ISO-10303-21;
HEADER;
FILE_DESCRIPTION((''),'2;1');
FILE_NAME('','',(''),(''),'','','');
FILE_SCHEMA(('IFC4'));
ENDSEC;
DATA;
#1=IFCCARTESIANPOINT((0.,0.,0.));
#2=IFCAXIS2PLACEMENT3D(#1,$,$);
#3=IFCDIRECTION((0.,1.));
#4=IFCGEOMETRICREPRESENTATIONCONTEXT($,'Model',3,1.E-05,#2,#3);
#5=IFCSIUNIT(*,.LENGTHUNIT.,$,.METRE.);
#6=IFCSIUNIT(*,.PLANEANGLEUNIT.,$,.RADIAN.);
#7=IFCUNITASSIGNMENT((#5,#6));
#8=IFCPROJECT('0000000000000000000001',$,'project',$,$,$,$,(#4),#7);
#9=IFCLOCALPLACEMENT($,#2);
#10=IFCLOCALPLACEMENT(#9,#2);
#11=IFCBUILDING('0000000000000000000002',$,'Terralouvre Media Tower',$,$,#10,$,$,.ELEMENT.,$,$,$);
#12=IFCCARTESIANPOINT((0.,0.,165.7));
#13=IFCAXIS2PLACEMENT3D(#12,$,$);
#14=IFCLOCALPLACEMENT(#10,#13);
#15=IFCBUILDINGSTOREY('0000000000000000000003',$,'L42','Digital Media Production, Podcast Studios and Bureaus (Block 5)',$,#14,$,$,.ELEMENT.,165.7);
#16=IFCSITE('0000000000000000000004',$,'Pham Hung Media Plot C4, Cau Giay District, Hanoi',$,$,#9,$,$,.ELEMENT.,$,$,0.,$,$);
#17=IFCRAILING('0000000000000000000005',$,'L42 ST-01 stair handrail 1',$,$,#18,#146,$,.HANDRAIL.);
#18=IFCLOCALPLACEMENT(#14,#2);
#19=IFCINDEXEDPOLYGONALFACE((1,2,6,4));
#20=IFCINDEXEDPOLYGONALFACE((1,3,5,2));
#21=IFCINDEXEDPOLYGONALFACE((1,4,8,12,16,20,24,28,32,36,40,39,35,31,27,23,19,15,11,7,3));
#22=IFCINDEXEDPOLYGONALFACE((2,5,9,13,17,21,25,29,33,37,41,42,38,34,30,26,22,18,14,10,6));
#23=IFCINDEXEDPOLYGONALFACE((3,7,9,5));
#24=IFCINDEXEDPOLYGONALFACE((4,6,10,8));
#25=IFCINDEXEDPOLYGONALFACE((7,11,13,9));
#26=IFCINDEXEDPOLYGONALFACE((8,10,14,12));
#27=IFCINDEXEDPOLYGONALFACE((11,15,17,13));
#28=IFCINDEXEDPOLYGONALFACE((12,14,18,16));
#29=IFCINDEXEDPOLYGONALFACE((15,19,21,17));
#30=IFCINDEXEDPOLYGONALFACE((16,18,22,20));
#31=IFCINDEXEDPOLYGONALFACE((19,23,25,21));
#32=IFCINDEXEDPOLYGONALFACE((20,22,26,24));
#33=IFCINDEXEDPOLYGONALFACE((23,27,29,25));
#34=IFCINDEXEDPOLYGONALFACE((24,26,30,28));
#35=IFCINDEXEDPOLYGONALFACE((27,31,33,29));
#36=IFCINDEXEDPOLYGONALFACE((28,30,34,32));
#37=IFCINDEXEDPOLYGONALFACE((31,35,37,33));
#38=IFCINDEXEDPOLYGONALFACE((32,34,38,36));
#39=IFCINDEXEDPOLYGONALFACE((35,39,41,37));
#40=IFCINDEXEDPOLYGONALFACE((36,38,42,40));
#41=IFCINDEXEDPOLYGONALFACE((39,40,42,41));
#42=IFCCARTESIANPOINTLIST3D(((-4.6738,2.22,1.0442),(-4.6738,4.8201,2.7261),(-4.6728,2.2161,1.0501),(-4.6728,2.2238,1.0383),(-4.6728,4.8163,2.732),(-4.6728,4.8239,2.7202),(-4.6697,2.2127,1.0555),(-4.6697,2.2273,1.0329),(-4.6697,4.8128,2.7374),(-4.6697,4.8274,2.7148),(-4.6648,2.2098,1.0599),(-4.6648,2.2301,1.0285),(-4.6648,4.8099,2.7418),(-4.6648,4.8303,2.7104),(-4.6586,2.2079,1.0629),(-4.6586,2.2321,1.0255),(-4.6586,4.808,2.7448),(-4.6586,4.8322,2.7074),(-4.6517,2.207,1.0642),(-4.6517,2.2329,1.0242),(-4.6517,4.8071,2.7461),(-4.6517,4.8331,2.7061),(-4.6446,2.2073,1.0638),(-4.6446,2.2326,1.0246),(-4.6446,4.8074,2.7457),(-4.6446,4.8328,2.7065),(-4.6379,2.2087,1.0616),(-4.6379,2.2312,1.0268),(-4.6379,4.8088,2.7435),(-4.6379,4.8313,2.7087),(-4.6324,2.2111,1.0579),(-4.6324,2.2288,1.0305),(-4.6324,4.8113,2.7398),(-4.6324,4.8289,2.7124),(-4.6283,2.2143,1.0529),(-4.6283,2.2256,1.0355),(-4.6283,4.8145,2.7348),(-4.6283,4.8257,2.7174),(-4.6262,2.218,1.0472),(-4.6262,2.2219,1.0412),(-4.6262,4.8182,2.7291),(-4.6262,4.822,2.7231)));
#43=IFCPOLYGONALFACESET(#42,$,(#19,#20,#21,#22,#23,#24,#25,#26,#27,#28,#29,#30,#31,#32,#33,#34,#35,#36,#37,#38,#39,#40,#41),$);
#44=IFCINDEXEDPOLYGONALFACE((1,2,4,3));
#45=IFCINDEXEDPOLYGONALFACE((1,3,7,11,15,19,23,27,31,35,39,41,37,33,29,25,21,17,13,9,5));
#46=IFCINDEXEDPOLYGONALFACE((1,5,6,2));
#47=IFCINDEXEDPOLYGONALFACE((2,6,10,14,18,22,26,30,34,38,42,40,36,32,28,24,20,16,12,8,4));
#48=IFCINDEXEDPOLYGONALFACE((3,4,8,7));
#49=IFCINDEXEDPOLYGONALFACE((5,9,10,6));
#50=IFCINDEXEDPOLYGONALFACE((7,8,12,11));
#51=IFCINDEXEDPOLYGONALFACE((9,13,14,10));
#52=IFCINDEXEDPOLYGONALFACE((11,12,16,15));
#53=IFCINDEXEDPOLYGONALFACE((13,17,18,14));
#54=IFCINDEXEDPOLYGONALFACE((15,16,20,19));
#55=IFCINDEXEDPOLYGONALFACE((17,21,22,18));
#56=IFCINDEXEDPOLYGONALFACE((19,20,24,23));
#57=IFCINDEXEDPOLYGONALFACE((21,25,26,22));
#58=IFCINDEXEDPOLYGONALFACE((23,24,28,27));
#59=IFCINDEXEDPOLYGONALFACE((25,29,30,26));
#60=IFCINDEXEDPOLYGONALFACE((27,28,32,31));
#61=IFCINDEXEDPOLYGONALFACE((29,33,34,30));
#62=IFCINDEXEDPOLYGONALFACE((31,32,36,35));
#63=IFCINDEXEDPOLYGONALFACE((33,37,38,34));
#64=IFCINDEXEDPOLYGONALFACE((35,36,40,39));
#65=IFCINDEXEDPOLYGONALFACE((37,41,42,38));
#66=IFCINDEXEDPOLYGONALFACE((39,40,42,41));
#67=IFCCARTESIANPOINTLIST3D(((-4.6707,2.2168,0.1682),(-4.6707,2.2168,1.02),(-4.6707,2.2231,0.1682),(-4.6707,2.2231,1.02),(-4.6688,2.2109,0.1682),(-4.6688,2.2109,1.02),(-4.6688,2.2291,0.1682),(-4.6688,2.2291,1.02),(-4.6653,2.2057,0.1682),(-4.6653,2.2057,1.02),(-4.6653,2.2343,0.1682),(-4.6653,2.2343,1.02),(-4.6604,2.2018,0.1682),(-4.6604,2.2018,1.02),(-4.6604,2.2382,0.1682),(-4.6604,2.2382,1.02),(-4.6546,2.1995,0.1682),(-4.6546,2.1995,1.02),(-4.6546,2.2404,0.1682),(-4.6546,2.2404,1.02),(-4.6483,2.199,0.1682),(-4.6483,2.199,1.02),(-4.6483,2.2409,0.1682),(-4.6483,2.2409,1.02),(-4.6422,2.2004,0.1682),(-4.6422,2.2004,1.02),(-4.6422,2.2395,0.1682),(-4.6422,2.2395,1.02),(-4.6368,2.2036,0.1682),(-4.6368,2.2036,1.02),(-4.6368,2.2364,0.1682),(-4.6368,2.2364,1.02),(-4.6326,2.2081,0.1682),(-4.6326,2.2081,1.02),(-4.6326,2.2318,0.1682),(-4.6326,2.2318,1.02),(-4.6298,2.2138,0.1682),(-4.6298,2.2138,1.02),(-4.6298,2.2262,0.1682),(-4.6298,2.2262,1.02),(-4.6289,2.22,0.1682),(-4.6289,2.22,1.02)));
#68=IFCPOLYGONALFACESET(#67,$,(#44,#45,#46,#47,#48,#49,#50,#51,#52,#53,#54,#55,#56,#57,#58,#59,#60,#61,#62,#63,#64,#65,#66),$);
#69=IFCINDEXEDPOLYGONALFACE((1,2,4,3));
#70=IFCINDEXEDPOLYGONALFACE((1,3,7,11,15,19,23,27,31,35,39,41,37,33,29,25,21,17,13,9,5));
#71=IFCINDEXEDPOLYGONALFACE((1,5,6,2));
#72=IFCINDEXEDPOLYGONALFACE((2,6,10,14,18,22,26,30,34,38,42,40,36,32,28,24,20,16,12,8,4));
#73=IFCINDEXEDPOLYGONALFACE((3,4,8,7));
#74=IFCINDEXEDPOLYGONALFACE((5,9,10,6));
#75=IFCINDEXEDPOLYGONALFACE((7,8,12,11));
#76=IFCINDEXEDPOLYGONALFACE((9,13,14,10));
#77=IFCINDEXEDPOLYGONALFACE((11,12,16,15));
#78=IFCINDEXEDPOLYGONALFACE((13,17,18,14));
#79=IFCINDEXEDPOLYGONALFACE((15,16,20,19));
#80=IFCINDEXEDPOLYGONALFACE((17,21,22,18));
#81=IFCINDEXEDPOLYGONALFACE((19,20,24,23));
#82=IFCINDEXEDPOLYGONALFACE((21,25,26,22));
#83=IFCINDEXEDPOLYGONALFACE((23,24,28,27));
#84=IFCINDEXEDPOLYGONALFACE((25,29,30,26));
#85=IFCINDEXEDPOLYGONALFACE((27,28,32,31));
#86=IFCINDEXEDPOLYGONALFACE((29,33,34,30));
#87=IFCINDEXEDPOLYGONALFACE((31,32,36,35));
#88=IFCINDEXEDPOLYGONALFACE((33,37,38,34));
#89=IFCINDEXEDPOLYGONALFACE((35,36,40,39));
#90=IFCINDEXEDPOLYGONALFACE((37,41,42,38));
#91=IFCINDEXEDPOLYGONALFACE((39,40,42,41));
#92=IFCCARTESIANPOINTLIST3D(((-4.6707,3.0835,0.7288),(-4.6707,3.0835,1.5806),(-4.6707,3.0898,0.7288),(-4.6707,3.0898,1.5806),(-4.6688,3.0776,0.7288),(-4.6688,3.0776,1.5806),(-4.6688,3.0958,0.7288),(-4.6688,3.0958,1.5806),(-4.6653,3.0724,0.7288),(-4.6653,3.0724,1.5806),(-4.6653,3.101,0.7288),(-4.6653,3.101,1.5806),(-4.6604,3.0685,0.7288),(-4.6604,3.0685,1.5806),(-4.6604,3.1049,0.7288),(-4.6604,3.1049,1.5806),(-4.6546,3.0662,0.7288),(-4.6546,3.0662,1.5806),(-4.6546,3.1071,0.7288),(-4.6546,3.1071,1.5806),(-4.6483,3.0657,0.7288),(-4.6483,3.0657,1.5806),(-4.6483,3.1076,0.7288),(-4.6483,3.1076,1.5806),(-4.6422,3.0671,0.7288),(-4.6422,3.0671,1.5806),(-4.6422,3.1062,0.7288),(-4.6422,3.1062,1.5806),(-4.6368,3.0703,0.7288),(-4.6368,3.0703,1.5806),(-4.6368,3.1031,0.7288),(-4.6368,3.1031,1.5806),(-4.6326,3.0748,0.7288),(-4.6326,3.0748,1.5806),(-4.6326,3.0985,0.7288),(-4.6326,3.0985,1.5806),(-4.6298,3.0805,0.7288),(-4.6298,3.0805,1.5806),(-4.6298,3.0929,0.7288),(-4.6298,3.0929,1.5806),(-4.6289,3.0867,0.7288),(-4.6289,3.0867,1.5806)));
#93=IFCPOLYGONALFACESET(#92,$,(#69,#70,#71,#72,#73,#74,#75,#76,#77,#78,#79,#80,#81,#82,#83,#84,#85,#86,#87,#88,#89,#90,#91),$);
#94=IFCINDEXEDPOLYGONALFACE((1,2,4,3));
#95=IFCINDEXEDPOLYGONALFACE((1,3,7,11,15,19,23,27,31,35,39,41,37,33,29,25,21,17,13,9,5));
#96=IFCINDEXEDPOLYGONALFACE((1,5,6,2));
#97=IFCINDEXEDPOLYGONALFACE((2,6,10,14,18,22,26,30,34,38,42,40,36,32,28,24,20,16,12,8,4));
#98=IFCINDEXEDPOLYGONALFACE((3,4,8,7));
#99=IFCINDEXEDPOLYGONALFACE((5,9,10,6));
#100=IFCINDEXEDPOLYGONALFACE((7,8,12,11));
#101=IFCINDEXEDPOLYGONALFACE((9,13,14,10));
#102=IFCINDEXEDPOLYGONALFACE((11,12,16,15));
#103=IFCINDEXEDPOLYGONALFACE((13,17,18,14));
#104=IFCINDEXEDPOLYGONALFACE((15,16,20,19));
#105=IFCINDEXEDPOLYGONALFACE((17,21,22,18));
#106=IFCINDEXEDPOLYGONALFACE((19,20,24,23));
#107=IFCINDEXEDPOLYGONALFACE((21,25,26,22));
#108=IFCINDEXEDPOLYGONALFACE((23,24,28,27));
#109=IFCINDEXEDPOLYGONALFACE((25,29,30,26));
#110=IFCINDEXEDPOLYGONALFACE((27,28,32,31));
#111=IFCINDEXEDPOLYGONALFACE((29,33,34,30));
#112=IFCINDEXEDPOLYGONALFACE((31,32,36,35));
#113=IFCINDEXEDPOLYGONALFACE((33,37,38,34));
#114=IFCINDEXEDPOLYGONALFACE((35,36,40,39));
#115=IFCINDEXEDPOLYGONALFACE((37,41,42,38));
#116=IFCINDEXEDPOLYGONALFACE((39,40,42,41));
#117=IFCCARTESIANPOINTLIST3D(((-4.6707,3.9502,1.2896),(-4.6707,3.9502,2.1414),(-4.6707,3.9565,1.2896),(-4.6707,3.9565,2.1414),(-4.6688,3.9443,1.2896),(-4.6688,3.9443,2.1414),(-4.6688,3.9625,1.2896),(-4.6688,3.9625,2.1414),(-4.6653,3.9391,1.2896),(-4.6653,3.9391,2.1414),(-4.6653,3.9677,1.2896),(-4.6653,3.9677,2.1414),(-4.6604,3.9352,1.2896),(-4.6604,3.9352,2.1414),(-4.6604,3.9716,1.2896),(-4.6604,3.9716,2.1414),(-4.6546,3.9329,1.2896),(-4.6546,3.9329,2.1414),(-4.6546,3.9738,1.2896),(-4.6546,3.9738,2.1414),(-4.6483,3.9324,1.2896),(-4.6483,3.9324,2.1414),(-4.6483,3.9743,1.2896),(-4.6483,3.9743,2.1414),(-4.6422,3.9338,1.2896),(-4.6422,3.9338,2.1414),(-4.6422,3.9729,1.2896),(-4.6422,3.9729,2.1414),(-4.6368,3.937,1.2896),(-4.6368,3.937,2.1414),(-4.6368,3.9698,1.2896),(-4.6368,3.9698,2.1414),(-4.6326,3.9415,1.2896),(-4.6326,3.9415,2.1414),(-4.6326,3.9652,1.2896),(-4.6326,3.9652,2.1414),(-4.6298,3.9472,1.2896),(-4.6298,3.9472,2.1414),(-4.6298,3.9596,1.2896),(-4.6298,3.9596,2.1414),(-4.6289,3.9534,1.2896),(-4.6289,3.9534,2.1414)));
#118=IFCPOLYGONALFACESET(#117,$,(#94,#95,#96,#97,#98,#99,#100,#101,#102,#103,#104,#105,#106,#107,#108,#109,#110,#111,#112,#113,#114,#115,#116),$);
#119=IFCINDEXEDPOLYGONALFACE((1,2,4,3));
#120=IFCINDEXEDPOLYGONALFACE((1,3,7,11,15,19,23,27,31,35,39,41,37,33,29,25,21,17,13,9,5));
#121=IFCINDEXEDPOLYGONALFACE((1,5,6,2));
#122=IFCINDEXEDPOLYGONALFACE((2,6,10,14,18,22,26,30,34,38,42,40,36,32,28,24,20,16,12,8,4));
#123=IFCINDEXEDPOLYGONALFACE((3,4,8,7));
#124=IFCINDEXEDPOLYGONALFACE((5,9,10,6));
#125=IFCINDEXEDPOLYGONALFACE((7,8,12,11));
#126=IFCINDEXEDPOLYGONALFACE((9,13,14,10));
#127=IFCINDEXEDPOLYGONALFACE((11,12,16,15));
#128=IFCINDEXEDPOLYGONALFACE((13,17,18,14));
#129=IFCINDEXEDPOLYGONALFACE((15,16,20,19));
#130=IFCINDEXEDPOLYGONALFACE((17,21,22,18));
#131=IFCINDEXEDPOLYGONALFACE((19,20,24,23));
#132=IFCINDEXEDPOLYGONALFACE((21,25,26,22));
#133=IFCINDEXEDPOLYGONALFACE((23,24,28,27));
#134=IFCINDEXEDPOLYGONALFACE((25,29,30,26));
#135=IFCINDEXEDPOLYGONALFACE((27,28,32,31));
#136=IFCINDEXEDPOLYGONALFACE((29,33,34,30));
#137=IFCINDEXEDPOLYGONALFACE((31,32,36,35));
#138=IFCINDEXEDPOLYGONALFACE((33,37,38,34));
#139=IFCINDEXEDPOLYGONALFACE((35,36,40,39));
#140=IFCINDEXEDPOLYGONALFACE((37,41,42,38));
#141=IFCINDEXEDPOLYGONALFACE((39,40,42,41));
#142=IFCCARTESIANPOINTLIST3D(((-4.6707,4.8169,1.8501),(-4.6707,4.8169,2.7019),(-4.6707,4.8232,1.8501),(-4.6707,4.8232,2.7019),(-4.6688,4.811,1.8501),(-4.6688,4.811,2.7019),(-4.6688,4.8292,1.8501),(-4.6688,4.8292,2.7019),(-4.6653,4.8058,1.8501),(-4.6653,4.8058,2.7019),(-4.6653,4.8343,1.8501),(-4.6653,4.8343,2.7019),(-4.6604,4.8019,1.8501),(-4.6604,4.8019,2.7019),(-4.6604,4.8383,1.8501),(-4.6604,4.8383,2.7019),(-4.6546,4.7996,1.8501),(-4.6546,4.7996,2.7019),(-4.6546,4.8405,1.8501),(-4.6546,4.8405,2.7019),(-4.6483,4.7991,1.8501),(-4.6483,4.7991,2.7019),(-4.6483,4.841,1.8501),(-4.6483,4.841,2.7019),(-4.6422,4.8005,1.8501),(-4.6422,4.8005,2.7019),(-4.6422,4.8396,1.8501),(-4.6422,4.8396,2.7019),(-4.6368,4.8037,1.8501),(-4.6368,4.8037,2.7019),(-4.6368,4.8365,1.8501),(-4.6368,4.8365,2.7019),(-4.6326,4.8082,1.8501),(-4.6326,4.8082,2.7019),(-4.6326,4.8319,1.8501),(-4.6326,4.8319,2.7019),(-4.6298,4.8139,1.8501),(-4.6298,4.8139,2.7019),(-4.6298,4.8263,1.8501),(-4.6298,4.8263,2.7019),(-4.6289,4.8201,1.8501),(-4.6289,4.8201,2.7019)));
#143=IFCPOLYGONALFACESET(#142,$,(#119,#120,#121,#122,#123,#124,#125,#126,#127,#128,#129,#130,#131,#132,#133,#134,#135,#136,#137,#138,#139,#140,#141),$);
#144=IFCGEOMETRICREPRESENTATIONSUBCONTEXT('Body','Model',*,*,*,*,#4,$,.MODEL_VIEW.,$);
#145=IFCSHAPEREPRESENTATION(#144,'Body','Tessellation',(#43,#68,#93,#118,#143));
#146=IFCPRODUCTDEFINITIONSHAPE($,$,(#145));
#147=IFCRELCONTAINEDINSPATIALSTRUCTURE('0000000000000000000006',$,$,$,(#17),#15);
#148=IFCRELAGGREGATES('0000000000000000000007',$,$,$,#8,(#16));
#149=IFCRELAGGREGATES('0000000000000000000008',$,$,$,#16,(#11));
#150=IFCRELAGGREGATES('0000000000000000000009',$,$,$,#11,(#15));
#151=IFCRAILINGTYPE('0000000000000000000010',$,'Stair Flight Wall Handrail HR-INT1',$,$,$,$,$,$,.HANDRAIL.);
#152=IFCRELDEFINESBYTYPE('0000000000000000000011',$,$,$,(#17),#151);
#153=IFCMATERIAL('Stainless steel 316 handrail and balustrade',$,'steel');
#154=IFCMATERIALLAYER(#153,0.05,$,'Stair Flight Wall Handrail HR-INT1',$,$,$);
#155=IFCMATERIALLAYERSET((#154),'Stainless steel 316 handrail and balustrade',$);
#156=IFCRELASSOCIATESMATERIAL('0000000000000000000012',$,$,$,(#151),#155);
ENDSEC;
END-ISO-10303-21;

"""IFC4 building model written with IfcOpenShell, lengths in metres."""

from ifc_helpers import new_model, si_unit, direction, frame, origin, origin_2d, place, context, subcontext, project, spatial, circle, extrude, material, layer, layer_set, type_object, element, save


model = new_model("IFC4")

# Units and contexts
model_context = context("Model", 3, precision=1e-05, world=origin(), true_north=direction((0.0, 1.0)))
body_context = subcontext(model_context, "Body", "Model", "MODEL_VIEW")
ifc_project = project(units=[si_unit("LENGTHUNIT", "METRE"), si_unit("PLANEANGLEUNIT", "RADIAN")], contexts=[model_context])

# Site, building, storey
site_placement = place(None, origin())
site = spatial("IfcSite", under=ifc_project, at=site_placement, Name="Pham Hung Media Plot C4, Cau Giay District, Hanoi", CompositionType="ELEMENT", RefElevation=0.0)
building_placement = place(site_placement, origin())
building = spatial("IfcBuilding", under=site, at=building_placement, Name="Terralouvre Media Tower", CompositionType="ELEMENT")
storey_placement = place(building_placement, frame((0.0, 0.0, 165.7)))
storey = spatial("IfcBuildingStorey", under=building, at=storey_placement, Name="L42", Description="Digital Media Production, Podcast Studios and Bureaus (Block 5)", CompositionType="ELEMENT", Elevation=165.7)

# Railing
ifc_material_1 = material(Name="Stainless steel 316 handrail and balustrade", Category="steel")
ifc_layer_1 = layer(ifc_material_1, 0.05, Name="Stair Flight Wall Handrail HR-INT1")
ifc_layer_set_1 = layer_set([ifc_layer_1], Name="Stainless steel 316 handrail and balustrade")
railing_type_1 = type_object("IfcRailingType", Name="Stair Flight Wall Handrail HR-INT1", PredefinedType="HANDRAIL", material=ifc_layer_set_1)
railing_1_placement = place(storey_placement, frame((-4.6499, 2.22, 0.1682)))
element("IfcRailing", 1, at=railing_1_placement, inside=storey, type_object=railing_type_1, Name="L42 ST-01 stair handrail 1", PredefinedType="HANDRAIL", context=body_context, shape_type="SweptSolid", body=[
    extrude(circle(Radius=0.0239, at=origin_2d()), frame((0.0, 0.0, 0.876), z_axis=(0.0, 0.839648, 0.54313), x_axis=(-1.0, 0.0, 0.0)), (0.0, 0.0, 1.0), 3.0967),
    extrude(circle(Radius=0.021, at=origin_2d()), origin(), (0.0, 0.0, 1.0), 0.8518),
    extrude(circle(Radius=0.021, at=origin_2d()), frame((0.0, 0.8667, 0.5605)), (0.0, 0.0, 1.0), 0.8518),
    extrude(circle(Radius=0.021, at=origin_2d()), frame((0.0, 1.7334, 1.1213)), (0.0, 0.0, 1.0), 0.8518),
    extrude(circle(Radius=0.021, at=origin_2d()), frame((0.0, 2.6001, 1.6819)), (0.0, 0.0, 1.0), 0.8518),
])

save(model, "model.ifc")
